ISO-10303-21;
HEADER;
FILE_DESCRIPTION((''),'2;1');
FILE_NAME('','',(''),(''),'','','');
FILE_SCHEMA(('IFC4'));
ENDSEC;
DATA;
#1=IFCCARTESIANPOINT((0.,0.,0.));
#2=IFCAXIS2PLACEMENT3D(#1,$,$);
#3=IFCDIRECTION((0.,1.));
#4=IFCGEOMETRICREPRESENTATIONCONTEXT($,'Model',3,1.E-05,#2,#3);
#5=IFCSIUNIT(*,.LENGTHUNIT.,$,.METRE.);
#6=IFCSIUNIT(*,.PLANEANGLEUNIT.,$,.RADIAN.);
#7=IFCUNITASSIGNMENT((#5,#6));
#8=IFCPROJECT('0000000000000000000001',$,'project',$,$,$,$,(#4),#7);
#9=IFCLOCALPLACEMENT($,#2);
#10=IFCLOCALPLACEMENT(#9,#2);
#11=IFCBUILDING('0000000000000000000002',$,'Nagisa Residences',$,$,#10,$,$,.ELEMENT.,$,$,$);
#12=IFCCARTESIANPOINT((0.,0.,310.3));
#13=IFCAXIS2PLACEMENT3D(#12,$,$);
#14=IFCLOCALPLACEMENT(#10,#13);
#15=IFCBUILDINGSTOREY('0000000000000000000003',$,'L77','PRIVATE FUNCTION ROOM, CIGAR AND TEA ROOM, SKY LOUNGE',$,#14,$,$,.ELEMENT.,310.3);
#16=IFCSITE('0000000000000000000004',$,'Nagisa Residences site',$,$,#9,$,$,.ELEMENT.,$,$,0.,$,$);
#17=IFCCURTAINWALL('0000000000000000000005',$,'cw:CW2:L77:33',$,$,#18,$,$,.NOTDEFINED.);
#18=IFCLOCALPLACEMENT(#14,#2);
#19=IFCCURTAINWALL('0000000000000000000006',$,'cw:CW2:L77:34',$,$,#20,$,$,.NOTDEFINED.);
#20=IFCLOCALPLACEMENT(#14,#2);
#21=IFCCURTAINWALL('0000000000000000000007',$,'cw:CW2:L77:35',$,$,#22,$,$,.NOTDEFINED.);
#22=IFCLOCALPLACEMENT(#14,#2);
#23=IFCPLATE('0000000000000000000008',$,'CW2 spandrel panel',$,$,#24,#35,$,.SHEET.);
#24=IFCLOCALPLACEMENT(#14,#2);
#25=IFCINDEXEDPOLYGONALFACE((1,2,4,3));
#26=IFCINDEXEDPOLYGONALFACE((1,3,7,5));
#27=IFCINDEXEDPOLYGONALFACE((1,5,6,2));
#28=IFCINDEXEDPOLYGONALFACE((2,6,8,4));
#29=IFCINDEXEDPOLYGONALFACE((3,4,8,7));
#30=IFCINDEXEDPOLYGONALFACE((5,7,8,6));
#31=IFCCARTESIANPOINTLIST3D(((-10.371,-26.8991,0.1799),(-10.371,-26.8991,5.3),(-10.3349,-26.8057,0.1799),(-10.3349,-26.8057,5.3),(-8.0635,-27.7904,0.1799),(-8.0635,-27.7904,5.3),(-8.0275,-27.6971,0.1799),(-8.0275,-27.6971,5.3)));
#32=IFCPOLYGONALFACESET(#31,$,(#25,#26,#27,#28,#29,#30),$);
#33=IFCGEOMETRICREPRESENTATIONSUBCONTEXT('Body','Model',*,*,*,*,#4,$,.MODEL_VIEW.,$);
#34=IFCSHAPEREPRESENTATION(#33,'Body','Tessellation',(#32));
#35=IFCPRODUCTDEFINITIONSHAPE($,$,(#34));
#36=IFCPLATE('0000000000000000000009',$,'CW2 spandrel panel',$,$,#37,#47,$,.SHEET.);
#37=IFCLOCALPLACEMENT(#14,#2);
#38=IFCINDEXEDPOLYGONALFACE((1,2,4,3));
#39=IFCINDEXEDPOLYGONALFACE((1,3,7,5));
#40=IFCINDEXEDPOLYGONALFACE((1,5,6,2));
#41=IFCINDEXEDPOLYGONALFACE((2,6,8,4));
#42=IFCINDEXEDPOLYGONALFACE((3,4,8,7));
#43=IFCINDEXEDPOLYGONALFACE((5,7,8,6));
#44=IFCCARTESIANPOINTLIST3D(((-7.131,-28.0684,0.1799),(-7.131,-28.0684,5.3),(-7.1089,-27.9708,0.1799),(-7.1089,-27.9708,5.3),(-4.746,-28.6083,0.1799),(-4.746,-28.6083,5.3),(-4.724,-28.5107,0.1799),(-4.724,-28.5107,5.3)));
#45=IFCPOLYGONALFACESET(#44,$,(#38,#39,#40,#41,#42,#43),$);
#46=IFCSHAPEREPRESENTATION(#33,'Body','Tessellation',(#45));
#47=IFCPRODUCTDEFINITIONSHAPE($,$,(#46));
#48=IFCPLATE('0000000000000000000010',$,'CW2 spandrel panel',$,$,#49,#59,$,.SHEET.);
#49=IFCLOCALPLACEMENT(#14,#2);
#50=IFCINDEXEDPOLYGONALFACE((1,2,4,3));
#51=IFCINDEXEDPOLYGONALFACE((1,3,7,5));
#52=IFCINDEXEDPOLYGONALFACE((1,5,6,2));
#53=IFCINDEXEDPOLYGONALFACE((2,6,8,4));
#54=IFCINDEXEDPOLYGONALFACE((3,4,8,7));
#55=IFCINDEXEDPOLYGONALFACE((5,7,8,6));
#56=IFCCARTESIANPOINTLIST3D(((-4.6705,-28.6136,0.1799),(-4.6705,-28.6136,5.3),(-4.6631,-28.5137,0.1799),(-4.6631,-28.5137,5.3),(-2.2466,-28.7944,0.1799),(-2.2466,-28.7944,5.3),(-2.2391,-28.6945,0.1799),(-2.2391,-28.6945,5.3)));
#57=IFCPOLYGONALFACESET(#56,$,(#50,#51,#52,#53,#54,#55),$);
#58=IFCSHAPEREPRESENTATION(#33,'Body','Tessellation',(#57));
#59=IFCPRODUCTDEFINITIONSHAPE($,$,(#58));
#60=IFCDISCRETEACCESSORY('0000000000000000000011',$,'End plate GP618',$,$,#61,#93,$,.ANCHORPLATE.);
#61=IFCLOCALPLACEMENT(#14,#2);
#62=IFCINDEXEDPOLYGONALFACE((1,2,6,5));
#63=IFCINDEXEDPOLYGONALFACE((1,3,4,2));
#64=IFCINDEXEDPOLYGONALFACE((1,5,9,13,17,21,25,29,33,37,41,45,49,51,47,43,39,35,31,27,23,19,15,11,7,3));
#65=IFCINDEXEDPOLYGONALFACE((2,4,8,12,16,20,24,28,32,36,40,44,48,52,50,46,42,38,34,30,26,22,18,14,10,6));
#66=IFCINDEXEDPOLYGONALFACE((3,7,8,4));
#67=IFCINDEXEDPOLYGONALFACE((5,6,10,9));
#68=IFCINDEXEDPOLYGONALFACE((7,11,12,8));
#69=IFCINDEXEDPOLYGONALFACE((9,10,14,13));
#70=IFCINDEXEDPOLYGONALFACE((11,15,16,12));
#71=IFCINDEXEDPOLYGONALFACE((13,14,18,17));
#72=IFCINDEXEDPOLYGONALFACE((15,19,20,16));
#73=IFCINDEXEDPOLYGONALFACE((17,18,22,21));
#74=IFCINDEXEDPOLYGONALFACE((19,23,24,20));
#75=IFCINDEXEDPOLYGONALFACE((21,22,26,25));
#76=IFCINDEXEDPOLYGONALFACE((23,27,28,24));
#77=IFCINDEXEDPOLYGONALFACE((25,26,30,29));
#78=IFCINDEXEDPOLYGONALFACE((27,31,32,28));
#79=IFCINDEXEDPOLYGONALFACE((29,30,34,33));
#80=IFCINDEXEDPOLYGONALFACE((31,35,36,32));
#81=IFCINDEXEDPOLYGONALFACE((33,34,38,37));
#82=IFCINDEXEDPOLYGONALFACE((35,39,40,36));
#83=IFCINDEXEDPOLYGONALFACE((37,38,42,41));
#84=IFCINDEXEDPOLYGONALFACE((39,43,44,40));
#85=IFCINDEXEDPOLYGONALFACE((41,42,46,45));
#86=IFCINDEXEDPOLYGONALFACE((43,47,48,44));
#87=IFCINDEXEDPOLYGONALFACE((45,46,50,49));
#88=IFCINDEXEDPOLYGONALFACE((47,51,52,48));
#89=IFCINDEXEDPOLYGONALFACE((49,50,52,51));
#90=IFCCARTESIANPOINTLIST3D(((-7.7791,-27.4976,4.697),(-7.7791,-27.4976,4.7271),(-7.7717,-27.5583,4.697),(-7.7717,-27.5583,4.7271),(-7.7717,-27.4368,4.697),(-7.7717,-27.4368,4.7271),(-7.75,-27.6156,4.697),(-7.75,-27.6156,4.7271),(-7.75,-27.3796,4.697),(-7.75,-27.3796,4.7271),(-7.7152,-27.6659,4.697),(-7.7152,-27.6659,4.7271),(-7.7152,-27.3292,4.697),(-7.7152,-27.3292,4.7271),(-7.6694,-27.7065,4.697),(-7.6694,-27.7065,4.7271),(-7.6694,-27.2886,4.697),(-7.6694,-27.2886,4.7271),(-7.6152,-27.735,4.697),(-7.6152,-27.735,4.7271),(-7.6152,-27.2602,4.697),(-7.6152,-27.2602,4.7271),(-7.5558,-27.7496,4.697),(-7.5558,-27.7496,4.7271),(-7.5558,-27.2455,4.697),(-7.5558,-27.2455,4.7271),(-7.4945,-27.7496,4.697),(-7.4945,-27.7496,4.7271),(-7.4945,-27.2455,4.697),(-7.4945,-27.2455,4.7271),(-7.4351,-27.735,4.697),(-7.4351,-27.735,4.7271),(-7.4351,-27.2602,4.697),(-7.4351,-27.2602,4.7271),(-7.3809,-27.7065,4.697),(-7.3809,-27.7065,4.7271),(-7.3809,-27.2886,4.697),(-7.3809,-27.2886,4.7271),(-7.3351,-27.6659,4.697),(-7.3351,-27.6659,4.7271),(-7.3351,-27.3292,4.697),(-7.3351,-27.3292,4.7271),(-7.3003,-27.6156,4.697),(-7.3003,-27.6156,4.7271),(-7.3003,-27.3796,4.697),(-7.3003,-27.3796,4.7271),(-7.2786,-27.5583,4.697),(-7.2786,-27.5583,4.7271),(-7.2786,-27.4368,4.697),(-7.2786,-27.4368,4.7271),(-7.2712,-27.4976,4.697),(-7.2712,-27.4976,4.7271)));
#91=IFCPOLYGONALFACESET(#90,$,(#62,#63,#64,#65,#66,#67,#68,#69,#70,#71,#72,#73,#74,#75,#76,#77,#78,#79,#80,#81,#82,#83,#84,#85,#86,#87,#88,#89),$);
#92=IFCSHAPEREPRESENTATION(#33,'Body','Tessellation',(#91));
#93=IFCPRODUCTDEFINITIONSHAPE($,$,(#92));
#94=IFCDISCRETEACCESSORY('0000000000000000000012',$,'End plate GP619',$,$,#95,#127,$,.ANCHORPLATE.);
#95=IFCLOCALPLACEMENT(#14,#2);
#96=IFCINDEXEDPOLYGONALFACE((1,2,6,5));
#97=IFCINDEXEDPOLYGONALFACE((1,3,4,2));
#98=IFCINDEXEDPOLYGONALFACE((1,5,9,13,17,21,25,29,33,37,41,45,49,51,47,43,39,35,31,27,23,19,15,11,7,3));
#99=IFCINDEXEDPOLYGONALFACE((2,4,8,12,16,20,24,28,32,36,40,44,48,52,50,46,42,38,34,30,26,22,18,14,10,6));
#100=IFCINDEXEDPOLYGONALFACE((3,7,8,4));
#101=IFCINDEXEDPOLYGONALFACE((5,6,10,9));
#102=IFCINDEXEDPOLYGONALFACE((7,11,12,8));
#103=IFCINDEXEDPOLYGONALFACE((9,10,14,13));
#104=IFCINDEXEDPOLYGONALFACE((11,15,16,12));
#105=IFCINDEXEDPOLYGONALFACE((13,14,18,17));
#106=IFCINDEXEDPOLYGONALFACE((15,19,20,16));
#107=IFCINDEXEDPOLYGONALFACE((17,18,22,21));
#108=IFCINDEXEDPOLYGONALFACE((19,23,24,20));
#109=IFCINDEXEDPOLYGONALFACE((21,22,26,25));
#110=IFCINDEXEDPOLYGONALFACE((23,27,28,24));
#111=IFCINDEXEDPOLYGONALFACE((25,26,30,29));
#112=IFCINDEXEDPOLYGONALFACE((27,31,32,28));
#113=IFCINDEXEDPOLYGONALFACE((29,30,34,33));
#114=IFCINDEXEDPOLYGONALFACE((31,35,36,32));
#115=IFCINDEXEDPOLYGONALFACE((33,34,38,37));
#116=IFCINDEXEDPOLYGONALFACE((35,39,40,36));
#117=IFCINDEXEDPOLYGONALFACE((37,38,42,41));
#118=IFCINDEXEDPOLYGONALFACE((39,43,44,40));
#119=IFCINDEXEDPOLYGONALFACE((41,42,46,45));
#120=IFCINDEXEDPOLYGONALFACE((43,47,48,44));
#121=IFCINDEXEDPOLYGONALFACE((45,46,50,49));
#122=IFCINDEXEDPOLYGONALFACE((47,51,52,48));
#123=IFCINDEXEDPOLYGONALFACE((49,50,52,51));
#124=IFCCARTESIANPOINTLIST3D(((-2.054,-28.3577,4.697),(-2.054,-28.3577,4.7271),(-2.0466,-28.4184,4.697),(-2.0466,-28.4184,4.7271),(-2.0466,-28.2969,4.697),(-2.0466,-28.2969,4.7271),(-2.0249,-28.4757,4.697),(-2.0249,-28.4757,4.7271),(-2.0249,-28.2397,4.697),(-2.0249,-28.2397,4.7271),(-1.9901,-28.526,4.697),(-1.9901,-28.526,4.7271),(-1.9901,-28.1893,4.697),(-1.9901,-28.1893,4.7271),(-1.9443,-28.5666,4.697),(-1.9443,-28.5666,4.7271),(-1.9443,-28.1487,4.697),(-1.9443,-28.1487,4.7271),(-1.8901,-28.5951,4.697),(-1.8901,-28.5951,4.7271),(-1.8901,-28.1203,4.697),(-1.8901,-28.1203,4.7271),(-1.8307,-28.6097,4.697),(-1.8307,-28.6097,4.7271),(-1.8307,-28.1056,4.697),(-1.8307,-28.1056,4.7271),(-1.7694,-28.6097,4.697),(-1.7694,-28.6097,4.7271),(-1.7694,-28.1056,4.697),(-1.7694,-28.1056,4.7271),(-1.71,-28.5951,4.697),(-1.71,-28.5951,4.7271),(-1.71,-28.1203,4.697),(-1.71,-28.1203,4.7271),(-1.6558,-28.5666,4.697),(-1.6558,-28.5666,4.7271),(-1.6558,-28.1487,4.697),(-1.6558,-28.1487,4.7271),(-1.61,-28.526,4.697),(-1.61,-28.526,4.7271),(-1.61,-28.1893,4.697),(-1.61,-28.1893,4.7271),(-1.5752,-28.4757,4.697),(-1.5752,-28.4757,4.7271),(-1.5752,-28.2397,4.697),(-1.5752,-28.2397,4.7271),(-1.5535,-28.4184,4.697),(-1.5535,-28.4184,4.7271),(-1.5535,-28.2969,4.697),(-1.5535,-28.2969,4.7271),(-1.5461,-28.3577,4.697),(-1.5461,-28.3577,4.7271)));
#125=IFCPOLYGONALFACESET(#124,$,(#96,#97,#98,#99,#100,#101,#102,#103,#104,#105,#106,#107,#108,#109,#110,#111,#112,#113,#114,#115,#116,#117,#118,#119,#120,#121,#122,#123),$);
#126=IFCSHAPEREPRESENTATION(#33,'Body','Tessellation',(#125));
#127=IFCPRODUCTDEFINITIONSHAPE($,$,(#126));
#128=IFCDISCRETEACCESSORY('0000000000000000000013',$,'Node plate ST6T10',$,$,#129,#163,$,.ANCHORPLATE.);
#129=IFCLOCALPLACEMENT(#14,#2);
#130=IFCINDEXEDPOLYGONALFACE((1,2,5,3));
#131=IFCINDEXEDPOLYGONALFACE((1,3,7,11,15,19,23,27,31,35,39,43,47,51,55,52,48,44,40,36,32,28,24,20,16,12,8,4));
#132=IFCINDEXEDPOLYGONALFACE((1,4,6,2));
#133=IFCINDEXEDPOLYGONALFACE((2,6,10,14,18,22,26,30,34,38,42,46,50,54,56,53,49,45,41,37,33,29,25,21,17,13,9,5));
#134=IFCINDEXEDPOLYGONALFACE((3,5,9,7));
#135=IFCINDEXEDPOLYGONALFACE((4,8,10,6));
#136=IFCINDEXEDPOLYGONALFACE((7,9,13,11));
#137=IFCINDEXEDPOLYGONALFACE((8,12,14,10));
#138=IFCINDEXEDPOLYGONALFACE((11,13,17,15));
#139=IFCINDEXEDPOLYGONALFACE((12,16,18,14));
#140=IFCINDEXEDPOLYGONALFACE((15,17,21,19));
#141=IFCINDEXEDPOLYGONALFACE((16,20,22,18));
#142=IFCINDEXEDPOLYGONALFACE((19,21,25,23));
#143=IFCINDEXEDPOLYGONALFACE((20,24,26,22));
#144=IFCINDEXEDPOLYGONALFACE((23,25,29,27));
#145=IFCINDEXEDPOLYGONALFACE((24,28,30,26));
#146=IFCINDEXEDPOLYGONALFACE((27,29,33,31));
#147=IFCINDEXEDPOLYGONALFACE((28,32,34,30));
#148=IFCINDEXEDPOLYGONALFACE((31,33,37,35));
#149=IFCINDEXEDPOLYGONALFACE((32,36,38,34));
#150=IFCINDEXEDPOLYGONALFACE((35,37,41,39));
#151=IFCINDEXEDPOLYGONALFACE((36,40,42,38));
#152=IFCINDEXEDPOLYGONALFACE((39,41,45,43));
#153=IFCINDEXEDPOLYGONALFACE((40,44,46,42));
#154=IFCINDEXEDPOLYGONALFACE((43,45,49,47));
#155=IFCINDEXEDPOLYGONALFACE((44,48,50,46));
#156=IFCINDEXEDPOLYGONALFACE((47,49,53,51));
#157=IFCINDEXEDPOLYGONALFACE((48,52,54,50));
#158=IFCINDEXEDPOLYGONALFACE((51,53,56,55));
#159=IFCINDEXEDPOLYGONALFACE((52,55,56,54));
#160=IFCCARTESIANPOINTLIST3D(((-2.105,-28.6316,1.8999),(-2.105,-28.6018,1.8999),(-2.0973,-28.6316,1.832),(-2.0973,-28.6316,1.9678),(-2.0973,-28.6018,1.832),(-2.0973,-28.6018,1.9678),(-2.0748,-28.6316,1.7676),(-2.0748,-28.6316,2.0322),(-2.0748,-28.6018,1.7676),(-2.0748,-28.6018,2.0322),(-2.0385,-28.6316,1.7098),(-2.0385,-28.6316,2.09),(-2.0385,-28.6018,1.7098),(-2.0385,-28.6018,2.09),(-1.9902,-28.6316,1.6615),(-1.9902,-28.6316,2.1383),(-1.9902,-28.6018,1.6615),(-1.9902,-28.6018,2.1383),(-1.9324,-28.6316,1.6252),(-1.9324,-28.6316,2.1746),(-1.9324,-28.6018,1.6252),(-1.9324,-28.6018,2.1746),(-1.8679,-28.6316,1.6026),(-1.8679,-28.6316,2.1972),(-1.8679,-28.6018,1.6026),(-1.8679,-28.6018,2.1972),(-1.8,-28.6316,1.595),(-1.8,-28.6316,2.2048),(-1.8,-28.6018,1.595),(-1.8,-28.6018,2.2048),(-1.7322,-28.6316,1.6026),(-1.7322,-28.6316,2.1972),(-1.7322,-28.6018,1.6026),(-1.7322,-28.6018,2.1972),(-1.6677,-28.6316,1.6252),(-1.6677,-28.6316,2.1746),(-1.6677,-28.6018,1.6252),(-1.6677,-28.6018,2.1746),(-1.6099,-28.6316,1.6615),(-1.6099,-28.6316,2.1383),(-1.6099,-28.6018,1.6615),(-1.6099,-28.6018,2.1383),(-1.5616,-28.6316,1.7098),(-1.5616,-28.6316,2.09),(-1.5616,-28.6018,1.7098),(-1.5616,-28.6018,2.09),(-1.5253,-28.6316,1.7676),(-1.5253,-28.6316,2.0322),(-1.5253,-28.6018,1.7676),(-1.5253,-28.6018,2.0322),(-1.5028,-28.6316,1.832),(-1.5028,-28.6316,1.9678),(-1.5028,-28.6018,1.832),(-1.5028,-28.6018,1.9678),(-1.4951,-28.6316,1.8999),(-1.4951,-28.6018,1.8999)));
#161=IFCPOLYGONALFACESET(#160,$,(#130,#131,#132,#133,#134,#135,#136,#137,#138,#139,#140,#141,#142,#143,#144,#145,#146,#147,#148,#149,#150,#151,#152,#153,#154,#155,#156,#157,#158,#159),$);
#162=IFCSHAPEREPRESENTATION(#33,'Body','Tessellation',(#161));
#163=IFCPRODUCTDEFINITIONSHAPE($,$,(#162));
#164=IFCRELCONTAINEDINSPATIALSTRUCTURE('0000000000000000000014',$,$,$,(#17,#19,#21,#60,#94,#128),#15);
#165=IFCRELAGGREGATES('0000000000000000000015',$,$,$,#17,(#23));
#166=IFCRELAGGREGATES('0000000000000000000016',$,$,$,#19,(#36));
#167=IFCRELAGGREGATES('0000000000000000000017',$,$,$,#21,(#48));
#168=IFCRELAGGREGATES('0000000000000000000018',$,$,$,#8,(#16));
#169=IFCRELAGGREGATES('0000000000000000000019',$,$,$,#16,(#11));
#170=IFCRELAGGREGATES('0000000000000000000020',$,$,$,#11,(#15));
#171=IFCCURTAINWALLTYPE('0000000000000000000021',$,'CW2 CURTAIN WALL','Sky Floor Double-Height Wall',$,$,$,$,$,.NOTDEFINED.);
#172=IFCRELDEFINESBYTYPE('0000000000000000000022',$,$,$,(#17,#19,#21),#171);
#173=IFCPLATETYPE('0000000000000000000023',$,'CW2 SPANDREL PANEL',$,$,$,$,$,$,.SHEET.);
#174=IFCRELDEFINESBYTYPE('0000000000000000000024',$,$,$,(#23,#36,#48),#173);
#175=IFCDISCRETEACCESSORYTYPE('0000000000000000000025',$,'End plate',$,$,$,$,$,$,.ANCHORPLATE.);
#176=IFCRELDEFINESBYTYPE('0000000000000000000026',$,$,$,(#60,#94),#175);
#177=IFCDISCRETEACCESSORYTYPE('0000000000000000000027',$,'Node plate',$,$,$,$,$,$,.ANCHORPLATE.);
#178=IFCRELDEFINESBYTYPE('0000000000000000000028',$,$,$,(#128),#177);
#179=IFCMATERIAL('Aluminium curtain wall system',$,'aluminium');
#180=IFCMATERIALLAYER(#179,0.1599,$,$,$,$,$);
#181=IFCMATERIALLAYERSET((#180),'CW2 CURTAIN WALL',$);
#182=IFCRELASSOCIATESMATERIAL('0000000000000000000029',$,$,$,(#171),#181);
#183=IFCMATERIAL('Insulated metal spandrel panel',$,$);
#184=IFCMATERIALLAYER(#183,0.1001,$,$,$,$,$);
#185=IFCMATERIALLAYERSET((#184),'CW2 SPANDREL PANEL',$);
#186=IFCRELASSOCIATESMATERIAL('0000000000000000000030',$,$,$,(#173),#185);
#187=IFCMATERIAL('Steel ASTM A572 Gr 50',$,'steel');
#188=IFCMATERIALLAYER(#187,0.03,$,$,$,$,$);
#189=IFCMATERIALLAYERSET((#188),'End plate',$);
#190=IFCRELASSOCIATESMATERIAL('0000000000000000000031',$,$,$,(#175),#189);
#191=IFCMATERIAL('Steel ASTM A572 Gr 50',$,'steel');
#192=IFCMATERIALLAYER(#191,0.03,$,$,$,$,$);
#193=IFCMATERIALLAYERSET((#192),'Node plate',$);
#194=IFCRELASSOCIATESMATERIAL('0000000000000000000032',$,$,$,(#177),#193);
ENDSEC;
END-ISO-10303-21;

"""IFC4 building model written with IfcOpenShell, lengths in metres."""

from ifc_helpers import new_model, si_unit, direction, frame, origin, origin_2d, place, context, subcontext, project, spatial, rectangle, circle, extrude, material, layer, layer_set, type_object, element, aggregate, save


model = new_model("IFC4")

# Units and contexts
model_context = context("Model", 3, precision=1e-05, world=origin(), true_north=direction((0.0, 1.0)))
body_context = subcontext(model_context, "Body", "Model", "MODEL_VIEW")
ifc_project = project(units=[si_unit("LENGTHUNIT", "METRE"), si_unit("PLANEANGLEUNIT", "RADIAN")], contexts=[model_context])

# Site, building, storey
site_placement = place(None, origin())
site = spatial("IfcSite", under=ifc_project, at=site_placement, Name="Nagisa Residences site", CompositionType="ELEMENT", RefElevation=0.0)
building_placement = place(site_placement, origin())
building = spatial("IfcBuilding", under=site, at=building_placement, Name="Nagisa Residences", CompositionType="ELEMENT")
storey_placement = place(building_placement, frame((0.0, 0.0, 310.3)))
storey = spatial("IfcBuildingStorey", under=building, at=storey_placement, Name="L77", Description="PRIVATE FUNCTION ROOM, CIGAR AND TEA ROOM, SKY LOUNGE", CompositionType="ELEMENT", Elevation=310.3)

# Curtain walls
ifc_material_1 = material(Name="Aluminium curtain wall system", Category="aluminium")
ifc_layer_1 = layer(ifc_material_1, 0.1599)
ifc_layer_set_1 = layer_set([ifc_layer_1], Name="CW2 CURTAIN WALL")
curtain_wall_type = type_object("IfcCurtainWallType", Name="CW2 CURTAIN WALL", Description="Sky Floor Double-Height Wall", PredefinedType="NOTDEFINED", material=ifc_layer_set_1)
curtain_wall_1_placement = place(storey_placement, origin())
curtain_wall_1 = element("IfcCurtainWall", 1, at=curtain_wall_1_placement, inside=storey, type_object=curtain_wall_type, Name="cw:CW2:L77:33", PredefinedType="NOTDEFINED")
curtain_wall_2_placement = place(storey_placement, origin())
curtain_wall_2 = element("IfcCurtainWall", 2, at=curtain_wall_2_placement, inside=storey, type_object=curtain_wall_type, Name="cw:CW2:L77:34", PredefinedType="NOTDEFINED")
curtain_wall_3_placement = place(storey_placement, origin())
curtain_wall_3 = element("IfcCurtainWall", 3, at=curtain_wall_3_placement, inside=storey, type_object=curtain_wall_type, Name="cw:CW2:L77:35", PredefinedType="NOTDEFINED")

# Plates
ifc_material_2 = material(Name="Insulated metal spandrel panel")
ifc_layer_2 = layer(ifc_material_2, 0.1001)
ifc_layer_set_2 = layer_set([ifc_layer_2], Name="CW2 SPANDREL PANEL")
plate_type = type_object("IfcPlateType", Name="CW2 SPANDREL PANEL", PredefinedType="SHEET", material=ifc_layer_set_2)
plate_1_placement = place(storey_placement, frame((-9.1992, -27.2981, 0.1799), z_axis=(0.0, 0.0, 1.0), x_axis=(0.932826, -0.360328, 0.0)))
plate_1 = element("IfcPlate", 4, at=plate_1_placement, type_object=plate_type, Name="CW2 spandrel panel", PredefinedType="SHEET", context=body_context, shape_type="SweptSolid", body=[
    extrude(rectangle(XDim=2.4736, YDim=0.1001, at=origin_2d()), origin(), (0.0, 0.0, 1.0), 5.1201),
])
aggregate(curtain_wall_1, [plate_1])
plate_2_placement = place(storey_placement, frame((-5.9275, -28.2896, 0.1799), z_axis=(0.0, 0.0, 1.0), x_axis=(0.975327, -0.220764, 0.0)))
plate_2 = element("IfcPlate", 5, at=plate_2_placement, type_object=plate_type, Name="CW2 spandrel panel", PredefinedType="SHEET", context=body_context, shape_type="SweptSolid", body=[
    extrude(rectangle(XDim=2.4453, YDim=0.1001, at=origin_2d()), origin(), (0.0, 0.0, 1.0), 5.1201),
])
aggregate(curtain_wall_2, [plate_2])
plate_3_placement = place(storey_placement, frame((-3.4548, -28.6541, 0.1799), z_axis=(0.0, 0.0, 1.0), x_axis=(0.99723, -0.074377, 0.0)))
plate_3 = element("IfcPlate", 6, at=plate_3_placement, type_object=plate_type, Name="CW2 spandrel panel", PredefinedType="SHEET", context=body_context, shape_type="SweptSolid", body=[
    extrude(rectangle(XDim=2.4307, YDim=0.1001, at=origin_2d()), origin(), (0.0, 0.0, 1.0), 5.1201),
])
aggregate(curtain_wall_3, [plate_3])

# Discrete accessories
ifc_material_3 = material(Name="Steel ASTM A572 Gr 50", Category="steel")
ifc_layer_3 = layer(ifc_material_3, 0.03)
ifc_layer_set_3 = layer_set([ifc_layer_3], Name="End plate")
discrete_accessory_type_1 = type_object("IfcDiscreteAccessoryType", Name="End plate", PredefinedType="ANCHORPLATE", material=ifc_layer_set_3)
for number, where, z_axis, x_axis, name in (
    (7, (-7.5251, -27.4976, 4.697), (0.0, 0.0, 1.0), (1.0, 0.0, 0.0), "End plate GP618"),
    (8, (-1.8, -28.3577, 4.697), (0.0, 0.0, 1.0), (1.0, 0.0, 0.0), "End plate GP619"),
):
    element("IfcDiscreteAccessory", number, at=place(storey_placement, frame(where, z_axis=z_axis, x_axis=x_axis)), inside=storey, type_object=discrete_accessory_type_1, Name=name, PredefinedType="ANCHORPLATE", context=body_context, shape_type="SweptSolid", body=[
        extrude(circle(Radius=0.2539, at=origin_2d()), origin(), (0.0, 0.0, 1.0), 0.03),
    ])
ifc_material_4 = material(Name="Steel ASTM A572 Gr 50", Category="steel")
ifc_layer_4 = layer(ifc_material_4, 0.03)
ifc_layer_set_4 = layer_set([ifc_layer_4], Name="Node plate")
discrete_accessory_type_2 = type_object("IfcDiscreteAccessoryType", Name="Node plate", PredefinedType="ANCHORPLATE", material=ifc_layer_set_4)
discrete_accessory_placement = place(storey_placement, frame((-1.8, -28.6316, 1.8999), z_axis=(0.0, 1.0, 0.0), x_axis=(-1.0, 0.0, 0.0)))
element("IfcDiscreteAccessory", 9, at=discrete_accessory_placement, inside=storey, type_object=discrete_accessory_type_2, Name="Node plate ST6T10", PredefinedType="ANCHORPLATE", context=body_context, shape_type="SweptSolid", body=[
    extrude(circle(Radius=0.3049, at=origin_2d()), origin(), (0.0, 0.0, 1.0), 0.0298),
])

save(model, "model.ifc")
